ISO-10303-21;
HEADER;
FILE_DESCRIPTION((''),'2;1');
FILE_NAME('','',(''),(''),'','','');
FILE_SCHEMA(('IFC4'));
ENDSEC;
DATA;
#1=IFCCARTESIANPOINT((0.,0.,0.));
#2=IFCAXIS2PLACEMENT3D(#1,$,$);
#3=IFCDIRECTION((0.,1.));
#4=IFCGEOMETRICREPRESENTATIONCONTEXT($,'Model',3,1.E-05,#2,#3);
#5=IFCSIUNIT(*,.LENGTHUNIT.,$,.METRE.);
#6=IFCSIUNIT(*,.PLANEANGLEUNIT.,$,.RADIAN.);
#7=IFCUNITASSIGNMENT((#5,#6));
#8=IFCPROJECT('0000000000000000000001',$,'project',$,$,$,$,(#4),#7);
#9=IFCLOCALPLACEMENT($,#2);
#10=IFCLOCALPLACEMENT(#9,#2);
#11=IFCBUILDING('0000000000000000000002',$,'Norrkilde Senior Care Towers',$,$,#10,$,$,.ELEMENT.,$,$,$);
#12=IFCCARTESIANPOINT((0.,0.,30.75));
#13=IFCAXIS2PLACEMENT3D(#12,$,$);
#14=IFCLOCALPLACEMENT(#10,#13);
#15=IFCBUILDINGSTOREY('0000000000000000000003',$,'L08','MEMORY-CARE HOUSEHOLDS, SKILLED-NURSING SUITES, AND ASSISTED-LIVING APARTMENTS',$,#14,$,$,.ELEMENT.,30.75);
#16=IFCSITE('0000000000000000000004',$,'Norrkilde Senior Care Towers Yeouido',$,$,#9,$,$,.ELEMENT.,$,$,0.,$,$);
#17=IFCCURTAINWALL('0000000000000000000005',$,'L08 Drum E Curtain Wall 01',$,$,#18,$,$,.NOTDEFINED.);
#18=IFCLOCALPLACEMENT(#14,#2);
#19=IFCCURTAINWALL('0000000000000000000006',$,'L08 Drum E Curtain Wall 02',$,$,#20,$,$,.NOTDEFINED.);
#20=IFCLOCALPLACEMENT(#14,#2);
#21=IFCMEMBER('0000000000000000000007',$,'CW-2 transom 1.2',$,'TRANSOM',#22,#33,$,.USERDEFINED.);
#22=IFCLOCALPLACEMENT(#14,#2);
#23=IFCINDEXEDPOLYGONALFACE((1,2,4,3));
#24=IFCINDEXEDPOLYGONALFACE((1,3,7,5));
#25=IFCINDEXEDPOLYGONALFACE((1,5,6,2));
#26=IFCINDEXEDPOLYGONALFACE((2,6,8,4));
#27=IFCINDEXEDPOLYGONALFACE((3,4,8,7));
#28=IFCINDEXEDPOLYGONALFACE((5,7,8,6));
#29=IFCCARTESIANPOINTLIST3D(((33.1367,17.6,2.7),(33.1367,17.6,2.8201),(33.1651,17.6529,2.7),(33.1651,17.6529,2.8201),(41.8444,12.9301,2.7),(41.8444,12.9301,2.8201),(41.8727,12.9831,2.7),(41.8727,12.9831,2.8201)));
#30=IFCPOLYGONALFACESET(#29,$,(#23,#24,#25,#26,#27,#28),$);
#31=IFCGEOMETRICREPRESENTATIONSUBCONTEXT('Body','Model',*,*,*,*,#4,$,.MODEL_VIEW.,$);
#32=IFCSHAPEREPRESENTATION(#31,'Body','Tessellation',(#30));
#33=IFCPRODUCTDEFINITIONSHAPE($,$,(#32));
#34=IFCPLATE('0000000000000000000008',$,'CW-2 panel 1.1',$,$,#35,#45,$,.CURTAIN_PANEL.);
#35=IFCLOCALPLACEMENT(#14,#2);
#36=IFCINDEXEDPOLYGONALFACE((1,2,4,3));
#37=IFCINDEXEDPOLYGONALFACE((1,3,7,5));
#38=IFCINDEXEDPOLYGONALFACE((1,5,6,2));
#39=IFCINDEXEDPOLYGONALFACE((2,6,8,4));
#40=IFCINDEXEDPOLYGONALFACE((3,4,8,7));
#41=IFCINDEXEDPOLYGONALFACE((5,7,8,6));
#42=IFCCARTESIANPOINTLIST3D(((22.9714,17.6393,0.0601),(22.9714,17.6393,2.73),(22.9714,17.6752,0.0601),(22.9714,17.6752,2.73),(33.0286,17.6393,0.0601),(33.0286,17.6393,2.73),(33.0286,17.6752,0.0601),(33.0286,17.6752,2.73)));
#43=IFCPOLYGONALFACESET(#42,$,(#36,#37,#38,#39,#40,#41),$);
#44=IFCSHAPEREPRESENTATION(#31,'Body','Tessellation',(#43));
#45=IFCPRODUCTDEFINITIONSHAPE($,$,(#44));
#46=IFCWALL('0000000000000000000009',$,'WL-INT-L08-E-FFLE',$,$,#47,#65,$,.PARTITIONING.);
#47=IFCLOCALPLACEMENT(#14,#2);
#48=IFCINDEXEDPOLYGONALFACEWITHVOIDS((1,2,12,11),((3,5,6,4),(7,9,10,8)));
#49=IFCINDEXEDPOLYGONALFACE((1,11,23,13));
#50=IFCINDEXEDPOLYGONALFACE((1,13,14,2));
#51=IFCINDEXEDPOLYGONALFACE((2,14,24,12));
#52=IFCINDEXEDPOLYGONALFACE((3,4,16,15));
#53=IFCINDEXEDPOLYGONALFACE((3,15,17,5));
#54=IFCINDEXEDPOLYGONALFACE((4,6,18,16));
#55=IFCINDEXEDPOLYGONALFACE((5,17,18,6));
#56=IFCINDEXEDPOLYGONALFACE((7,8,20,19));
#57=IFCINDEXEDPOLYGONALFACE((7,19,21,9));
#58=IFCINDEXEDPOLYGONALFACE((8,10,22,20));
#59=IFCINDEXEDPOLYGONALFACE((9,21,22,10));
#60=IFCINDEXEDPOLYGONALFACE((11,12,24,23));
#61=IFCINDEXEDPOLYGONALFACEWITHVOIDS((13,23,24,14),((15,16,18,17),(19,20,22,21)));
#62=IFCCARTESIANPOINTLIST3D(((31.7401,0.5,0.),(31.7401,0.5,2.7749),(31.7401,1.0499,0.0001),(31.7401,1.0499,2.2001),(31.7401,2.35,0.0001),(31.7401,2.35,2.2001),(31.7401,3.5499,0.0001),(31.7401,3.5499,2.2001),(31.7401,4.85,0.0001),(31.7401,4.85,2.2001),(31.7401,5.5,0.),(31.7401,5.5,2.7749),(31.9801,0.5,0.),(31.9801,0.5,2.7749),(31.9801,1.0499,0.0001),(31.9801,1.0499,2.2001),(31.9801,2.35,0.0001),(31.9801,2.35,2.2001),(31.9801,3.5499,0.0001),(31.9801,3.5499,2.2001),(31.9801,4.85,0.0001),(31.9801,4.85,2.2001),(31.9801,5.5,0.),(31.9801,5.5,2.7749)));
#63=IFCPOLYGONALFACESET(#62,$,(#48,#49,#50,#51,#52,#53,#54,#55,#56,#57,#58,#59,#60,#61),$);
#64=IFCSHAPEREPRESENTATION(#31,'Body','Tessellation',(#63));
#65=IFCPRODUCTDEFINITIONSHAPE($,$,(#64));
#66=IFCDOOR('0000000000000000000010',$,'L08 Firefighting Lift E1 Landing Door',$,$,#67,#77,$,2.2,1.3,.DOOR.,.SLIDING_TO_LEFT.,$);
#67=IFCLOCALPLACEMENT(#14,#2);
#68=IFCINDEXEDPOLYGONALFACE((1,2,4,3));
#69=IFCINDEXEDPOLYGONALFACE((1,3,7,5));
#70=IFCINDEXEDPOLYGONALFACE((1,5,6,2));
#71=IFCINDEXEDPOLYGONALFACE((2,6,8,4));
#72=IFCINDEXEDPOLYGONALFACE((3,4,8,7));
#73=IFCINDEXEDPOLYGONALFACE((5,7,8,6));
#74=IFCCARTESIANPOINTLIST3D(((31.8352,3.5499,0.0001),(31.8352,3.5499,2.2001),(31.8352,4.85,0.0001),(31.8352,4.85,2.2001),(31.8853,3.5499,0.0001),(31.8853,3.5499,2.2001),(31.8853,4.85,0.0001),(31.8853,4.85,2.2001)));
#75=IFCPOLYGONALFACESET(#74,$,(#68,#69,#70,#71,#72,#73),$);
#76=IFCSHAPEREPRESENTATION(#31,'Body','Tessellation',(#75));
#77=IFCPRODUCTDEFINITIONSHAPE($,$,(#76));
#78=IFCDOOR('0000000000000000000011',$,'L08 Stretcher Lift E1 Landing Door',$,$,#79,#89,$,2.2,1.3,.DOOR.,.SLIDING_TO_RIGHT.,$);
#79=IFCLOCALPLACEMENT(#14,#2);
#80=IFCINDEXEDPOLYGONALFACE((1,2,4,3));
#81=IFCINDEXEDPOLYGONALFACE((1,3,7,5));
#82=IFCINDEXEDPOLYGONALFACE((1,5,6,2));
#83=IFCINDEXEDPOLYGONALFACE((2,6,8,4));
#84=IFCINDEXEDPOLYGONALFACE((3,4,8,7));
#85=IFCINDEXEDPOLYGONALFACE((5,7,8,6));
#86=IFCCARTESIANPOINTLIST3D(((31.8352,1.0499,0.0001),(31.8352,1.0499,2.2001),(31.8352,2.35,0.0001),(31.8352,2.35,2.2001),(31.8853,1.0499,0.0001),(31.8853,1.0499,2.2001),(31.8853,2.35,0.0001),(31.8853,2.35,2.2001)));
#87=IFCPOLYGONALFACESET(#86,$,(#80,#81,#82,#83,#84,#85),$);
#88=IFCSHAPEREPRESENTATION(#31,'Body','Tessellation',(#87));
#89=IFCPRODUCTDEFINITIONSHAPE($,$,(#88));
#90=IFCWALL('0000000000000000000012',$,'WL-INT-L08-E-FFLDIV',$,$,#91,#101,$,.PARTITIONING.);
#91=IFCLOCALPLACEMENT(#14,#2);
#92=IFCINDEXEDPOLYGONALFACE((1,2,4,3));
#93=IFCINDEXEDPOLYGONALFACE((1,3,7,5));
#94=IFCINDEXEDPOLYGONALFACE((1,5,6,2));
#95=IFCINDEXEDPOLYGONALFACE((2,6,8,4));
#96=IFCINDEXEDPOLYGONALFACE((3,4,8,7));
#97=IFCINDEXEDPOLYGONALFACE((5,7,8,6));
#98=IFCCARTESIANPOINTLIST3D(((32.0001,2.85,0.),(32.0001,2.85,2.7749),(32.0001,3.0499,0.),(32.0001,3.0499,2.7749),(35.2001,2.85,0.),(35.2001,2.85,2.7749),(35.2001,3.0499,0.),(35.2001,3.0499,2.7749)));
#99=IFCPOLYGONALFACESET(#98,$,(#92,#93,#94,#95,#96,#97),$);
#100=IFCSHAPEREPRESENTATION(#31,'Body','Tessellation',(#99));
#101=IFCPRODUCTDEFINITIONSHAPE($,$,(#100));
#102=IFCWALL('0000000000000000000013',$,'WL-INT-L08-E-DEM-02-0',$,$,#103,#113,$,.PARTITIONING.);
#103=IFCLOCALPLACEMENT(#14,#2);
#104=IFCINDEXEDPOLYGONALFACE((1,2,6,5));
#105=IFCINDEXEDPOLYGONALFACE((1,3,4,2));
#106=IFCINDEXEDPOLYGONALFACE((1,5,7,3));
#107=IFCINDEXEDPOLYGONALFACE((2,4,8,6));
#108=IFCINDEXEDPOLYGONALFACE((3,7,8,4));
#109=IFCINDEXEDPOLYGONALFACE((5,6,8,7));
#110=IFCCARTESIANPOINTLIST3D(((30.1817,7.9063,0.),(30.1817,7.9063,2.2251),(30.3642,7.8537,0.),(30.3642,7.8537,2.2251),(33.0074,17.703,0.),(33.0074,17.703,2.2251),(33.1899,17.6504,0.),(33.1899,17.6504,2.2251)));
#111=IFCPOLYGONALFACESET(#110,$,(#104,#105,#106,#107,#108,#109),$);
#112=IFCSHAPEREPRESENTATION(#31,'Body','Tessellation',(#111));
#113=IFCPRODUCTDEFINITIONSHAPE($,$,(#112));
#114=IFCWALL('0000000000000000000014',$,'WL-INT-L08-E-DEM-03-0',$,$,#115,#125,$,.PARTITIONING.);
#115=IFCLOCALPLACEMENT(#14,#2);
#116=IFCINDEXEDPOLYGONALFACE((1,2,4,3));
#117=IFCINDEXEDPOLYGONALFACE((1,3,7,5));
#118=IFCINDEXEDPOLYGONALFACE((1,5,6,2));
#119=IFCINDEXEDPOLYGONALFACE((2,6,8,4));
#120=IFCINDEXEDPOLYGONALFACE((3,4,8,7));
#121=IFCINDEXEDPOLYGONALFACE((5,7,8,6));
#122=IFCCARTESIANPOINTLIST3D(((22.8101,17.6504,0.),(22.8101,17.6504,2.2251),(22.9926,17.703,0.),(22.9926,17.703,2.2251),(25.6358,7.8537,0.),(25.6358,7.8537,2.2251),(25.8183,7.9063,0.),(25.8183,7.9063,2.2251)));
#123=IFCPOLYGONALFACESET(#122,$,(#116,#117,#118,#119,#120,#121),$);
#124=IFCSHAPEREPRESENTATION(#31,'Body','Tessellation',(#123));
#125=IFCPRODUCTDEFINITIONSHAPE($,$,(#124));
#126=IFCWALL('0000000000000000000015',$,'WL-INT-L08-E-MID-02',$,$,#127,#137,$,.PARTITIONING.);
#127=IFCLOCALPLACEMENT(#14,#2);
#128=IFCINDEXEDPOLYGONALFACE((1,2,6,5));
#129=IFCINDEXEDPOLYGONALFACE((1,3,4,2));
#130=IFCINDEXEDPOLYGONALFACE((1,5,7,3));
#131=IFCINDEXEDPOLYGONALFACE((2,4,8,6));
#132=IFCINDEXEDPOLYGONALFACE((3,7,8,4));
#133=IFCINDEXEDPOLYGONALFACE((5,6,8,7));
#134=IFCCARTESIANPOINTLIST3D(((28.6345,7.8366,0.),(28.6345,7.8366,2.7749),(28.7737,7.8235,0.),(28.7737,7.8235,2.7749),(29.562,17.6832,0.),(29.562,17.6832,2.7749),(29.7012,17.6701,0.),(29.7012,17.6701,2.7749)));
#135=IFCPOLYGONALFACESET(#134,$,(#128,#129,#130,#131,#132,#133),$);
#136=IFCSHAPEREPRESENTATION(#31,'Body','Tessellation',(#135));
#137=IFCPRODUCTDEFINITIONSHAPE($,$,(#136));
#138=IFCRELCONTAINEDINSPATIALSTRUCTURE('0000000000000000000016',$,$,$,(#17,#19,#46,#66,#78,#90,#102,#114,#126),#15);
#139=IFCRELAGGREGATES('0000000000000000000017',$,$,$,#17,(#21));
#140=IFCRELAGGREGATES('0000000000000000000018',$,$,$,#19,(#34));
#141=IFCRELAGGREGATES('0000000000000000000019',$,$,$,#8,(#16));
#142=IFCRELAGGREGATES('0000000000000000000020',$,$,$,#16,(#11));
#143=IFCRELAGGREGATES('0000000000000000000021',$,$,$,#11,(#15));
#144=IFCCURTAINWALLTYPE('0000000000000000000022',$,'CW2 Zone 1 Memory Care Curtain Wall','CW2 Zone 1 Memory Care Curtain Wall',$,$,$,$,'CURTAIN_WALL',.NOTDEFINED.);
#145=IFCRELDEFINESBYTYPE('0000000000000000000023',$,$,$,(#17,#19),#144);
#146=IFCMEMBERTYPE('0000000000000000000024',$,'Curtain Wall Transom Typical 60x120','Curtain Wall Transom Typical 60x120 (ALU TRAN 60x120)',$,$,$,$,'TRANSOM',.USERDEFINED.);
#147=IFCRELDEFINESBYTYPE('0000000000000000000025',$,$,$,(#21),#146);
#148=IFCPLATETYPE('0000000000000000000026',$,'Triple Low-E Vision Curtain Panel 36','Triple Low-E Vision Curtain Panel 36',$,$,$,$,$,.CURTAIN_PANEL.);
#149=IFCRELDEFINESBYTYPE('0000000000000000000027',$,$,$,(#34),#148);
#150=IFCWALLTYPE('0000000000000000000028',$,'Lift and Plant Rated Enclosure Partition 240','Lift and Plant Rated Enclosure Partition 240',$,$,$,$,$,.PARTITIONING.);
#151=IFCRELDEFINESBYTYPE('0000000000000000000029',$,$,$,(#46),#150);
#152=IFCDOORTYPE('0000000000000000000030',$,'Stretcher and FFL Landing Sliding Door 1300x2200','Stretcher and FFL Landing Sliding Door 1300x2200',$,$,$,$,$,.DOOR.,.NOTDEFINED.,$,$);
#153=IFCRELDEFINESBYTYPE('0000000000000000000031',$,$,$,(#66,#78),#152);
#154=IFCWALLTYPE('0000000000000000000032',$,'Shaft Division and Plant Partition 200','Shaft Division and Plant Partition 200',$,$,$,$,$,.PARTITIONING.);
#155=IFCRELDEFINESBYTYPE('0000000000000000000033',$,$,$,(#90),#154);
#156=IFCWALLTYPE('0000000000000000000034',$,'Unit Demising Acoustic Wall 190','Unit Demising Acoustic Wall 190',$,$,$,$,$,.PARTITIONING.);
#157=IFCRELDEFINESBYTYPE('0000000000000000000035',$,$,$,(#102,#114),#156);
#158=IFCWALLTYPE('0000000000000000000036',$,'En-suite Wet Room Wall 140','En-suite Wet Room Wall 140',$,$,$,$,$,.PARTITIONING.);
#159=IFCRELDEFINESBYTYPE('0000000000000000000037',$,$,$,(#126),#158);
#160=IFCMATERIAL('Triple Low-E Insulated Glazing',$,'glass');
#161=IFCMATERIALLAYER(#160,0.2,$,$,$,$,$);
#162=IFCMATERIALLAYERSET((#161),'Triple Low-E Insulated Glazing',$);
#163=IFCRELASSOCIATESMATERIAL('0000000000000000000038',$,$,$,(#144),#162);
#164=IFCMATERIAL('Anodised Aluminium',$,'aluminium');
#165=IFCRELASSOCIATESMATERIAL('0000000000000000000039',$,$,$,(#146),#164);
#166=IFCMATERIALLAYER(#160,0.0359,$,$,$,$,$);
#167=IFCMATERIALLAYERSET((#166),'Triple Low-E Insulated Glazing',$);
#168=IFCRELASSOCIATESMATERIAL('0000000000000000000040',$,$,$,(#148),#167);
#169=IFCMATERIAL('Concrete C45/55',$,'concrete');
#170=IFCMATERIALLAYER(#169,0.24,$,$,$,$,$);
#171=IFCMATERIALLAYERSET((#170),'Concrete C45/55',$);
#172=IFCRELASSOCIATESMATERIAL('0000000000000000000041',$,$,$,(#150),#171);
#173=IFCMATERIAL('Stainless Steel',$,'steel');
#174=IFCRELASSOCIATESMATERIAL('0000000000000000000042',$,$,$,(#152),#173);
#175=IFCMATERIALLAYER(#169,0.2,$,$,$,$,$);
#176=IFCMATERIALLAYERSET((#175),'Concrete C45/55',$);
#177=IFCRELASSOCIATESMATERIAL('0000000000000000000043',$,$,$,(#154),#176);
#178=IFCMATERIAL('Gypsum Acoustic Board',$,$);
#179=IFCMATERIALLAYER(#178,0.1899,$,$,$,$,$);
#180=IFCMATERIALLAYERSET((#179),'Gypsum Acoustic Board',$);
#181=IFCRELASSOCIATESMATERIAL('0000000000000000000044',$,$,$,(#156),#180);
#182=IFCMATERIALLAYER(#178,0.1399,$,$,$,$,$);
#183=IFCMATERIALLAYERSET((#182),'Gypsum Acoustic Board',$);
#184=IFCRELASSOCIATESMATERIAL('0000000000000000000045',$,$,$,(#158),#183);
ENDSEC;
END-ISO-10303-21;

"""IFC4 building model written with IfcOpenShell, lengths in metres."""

from ifc_helpers import new_model, si_unit, direction, frame, frame_2d, origin, origin_2d, place, context, subcontext, project, spatial, rectangle, extrude, source, transform, mapped, material, layer, layer_set, material_profile, profile_set, type_object, type_shapes, element, fill, aggregate, save


model = new_model("IFC4")

# Units and contexts
model_context = context("Model", 3, precision=1e-05, world=origin(), true_north=direction((0.0, 1.0)))
body_context = subcontext(model_context, "Body", "Model", "MODEL_VIEW")
ifc_project = project(units=[si_unit("LENGTHUNIT", "METRE"), si_unit("PLANEANGLEUNIT", "RADIAN")], contexts=[model_context])

# Site, building, storey
site_placement = place(None, origin())
site = spatial("IfcSite", under=ifc_project, at=site_placement, Name="Norrkilde Senior Care Towers Yeouido", CompositionType="ELEMENT", RefElevation=0.0)
building_placement = place(site_placement, origin())
building = spatial("IfcBuilding", under=site, at=building_placement, Name="Norrkilde Senior Care Towers", CompositionType="ELEMENT")
storey_placement = place(building_placement, frame((0.0, 0.0, 30.75)))
storey = spatial("IfcBuildingStorey", under=building, at=storey_placement, Name="L08", Description="MEMORY-CARE HOUSEHOLDS, SKILLED-NURSING SUITES, AND ASSISTED-LIVING APARTMENTS", CompositionType="ELEMENT", Elevation=30.75)

# Curtain walls
ifc_material_1 = material(Name="Triple Low-E Insulated Glazing", Category="glass")
ifc_layer_1 = layer(ifc_material_1, 0.2)
ifc_layer_set_1 = layer_set([ifc_layer_1], Name="Triple Low-E Insulated Glazing")
curtain_wall_type = type_object("IfcCurtainWallType", Name="CW2 Zone 1 Memory Care Curtain Wall", Description="CW2 Zone 1 Memory Care Curtain Wall", ElementType="CURTAIN_WALL", PredefinedType="NOTDEFINED", material=ifc_layer_set_1)
curtain_wall_1_placement = place(storey_placement, origin())
curtain_wall_1 = element("IfcCurtainWall", 1, at=curtain_wall_1_placement, inside=storey, type_object=curtain_wall_type, Name="L08 Drum E Curtain Wall 01", PredefinedType="NOTDEFINED")
ifc_material_2 = material(Name="Anodised Aluminium", Category="aluminium")
curtain_wall_2_placement = place(storey_placement, origin())
curtain_wall_2 = element("IfcCurtainWall", 2, at=curtain_wall_2_placement, inside=storey, type_object=curtain_wall_type, Name="L08 Drum E Curtain Wall 02", PredefinedType="NOTDEFINED")

# Member
ifc_material_profile_1 = material_profile(ifc_material_2, rectangle(XDim=0.0601, YDim=0.1201, at=origin_2d()), Name="ALU TRAN 60x120")
ifc_profile_set_1 = profile_set([ifc_material_profile_1], Name="Anodised Aluminium")
member_type_1 = type_object("IfcMemberType", Name="Curtain Wall Transom Typical 60x120", Description="Curtain Wall Transom Typical 60x120 (ALU TRAN 60x120)", ElementType="TRANSOM", PredefinedType="USERDEFINED", material=ifc_profile_set_1)
shared_shape_1 = source(origin(), body_context, "Body", "SweptSolid", [
    extrude(rectangle(XDim=0.0601, YDim=0.1201, at=origin_2d()), origin(), (0.0, 0.0, 1.0), 9.8809),
])
type_shapes(member_type_1, [shared_shape_1])
member_1_placement = place(storey_placement, frame((33.1509, 17.6265, 2.76), z_axis=(0.881267, -0.472618, 0.0), x_axis=(0.472618, 0.881267, 0.0)))
member_1 = element("IfcMember", 3, at=member_1_placement, type_object=member_type_1, Name="CW-2 transom 1.2", ObjectType="TRANSOM", PredefinedType="USERDEFINED", context=body_context, shape_type="MappedRepresentation", body=[
    mapped(shared_shape_1, transform((0.0, 0.0, 0.0), x_axis=(1.0, 0.0, 0.0), y_axis=(0.0, 1.0, 0.0), z_axis=(0.0, 0.0, 1.0), scale=1.0)),
])
aggregate(curtain_wall_1, [member_1])

# Plate
ifc_layer_2 = layer(ifc_material_1, 0.0359)
ifc_layer_set_2 = layer_set([ifc_layer_2], Name="Triple Low-E Insulated Glazing")
plate_type = type_object("IfcPlateType", Name="Triple Low-E Vision Curtain Panel 36", Description="Triple Low-E Vision Curtain Panel 36", PredefinedType="CURTAIN_PANEL", material=ifc_layer_set_2)
shared_shape_2 = source(origin(), body_context, "Body", "SweptSolid", [
    extrude(rectangle(XDim=10.0571, YDim=0.0359, at=origin_2d()), origin(), (0.0, 0.0, 1.0), 2.6699),
])
type_shapes(plate_type, [shared_shape_2])
plate_placement = place(storey_placement, frame((28.0, 17.6572, 0.0601), z_axis=(0.0, 0.0, 1.0), x_axis=(1.0, 0.0, 0.0)))
plate = element("IfcPlate", 4, at=plate_placement, type_object=plate_type, Name="CW-2 panel 1.1", PredefinedType="CURTAIN_PANEL", context=body_context, shape_type="MappedRepresentation", body=[
    mapped(shared_shape_2, transform((0.0, 0.0, 0.0), x_axis=(1.0, 0.0, 0.0), y_axis=(0.0, 1.0, 0.0), z_axis=(0.0, 0.0, 1.0), scale=1.0)),
])
aggregate(curtain_wall_2, [plate])

# Wall, openings, doors
ifc_material_3 = material(Name="Concrete C45/55", Category="concrete")
ifc_layer_3 = layer(ifc_material_3, 0.24)
ifc_layer_set_3 = layer_set([ifc_layer_3], Name="Concrete C45/55")
wall_type_1 = type_object("IfcWallType", Name="Lift and Plant Rated Enclosure Partition 240", Description="Lift and Plant Rated Enclosure Partition 240", PredefinedType="PARTITIONING", material=ifc_layer_set_3)
shared_shape_3 = source(origin(), body_context, "Body", "SweptSolid", [
    extrude(rectangle(XDim=5.0, YDim=0.24, at=frame_2d((2.5, 0.0))), origin(), (0.0, 0.0, 1.0), 2.7749),
])
type_shapes(wall_type_1, [shared_shape_3])
wall_1_placement = place(storey_placement, frame((31.8601, 0.5, 0.0), z_axis=(0.0, 0.0, 1.0), x_axis=(0.0, 1.0, 0.0)))
wall_1 = element("IfcWall", 5, at=wall_1_placement, inside=storey, type_object=wall_type_1, Name="WL-INT-L08-E-FFLE", PredefinedType="PARTITIONING", context=body_context, shape_type="MappedRepresentation", body=[
    mapped(shared_shape_3, transform((0.0, 0.0, 0.0), x_axis=(1.0, 0.0, 0.0), y_axis=(0.0, 1.0, 0.0), z_axis=(0.0, 0.0, 1.0), scale=1.0)),
])
opening_1_placement = place(wall_1_placement, frame((3.05, 0.0, 0.0)))
opening_1 = element("IfcOpeningElement", 6, at=opening_1_placement, cuts=wall_1, PredefinedType="OPENING", context=body_context, shape_type="SweptSolid", body=[
    extrude(rectangle(XDim=1.3, YDim=2.2, at=frame_2d((0.6499, 1.1001))), frame((0.0, 0.1299, 0.0), z_axis=(0.0, -1.0, 0.0), x_axis=(1.0, 0.0, 0.0)), (0.0, 0.0, 1.0), 0.26),
])
opening_2_placement = place(wall_1_placement, frame((0.55, 0.0, 0.0)))
opening_2 = element("IfcOpeningElement", 7, at=opening_2_placement, cuts=wall_1, PredefinedType="OPENING", context=body_context, shape_type="SweptSolid", body=[
    extrude(rectangle(XDim=1.3, YDim=2.2, at=frame_2d((0.6499, 1.1001))), frame((0.0, 0.1299, 0.0), z_axis=(0.0, -1.0, 0.0), x_axis=(1.0, 0.0, 0.0)), (0.0, 0.0, 1.0), 0.26),
])
ifc_material_4 = material(Name="Stainless Steel", Category="steel")
door_type_1 = type_object("IfcDoorType", Name="Stretcher and FFL Landing Sliding Door 1300x2200", Description="Stretcher and FFL Landing Sliding Door 1300x2200", OperationType="NOTDEFINED", PredefinedType="DOOR", material=ifc_material_4)
shared_shape_4 = source(origin(), body_context, "Body", "SweptSolid", [
    extrude(rectangle(XDim=1.3, YDim=2.2, at=frame_2d((0.6499, 1.1001))), frame((0.0, 0.0249, 0.0), z_axis=(0.0, -1.0, 0.0), x_axis=(1.0, 0.0, 0.0)), (0.0, 0.0, 1.0), 0.05),
])
type_shapes(door_type_1, [shared_shape_4])
door_1_placement = place(opening_1_placement, origin())
door_1 = element("IfcDoor", 8, at=door_1_placement, inside=storey, type_object=door_type_1, Name="L08 Firefighting Lift E1 Landing Door", OperationType="SLIDING_TO_LEFT", OverallHeight=2.2, OverallWidth=1.3, PredefinedType="DOOR", context=body_context, shape_type="MappedRepresentation", body=[
    mapped(shared_shape_4, transform((0.0, 0.0, 0.0), x_axis=(1.0, 0.0, 0.0), y_axis=(0.0, 1.0, 0.0), z_axis=(0.0, 0.0, 1.0), scale=1.0)),
])
fill(opening_1, door_1)
door_2_placement = place(opening_2_placement, origin())
door_2 = element("IfcDoor", 9, at=door_2_placement, inside=storey, type_object=door_type_1, Name="L08 Stretcher Lift E1 Landing Door", OperationType="SLIDING_TO_RIGHT", OverallHeight=2.2, OverallWidth=1.3, PredefinedType="DOOR", context=body_context, shape_type="MappedRepresentation", body=[
    mapped(shared_shape_4, transform((0.0, 0.0, 0.0), x_axis=(1.0, 0.0, 0.0), y_axis=(0.0, 1.0, 0.0), z_axis=(0.0, 0.0, 1.0), scale=1.0)),
])
fill(opening_2, door_2)

# Wall
ifc_layer_4 = layer(ifc_material_3, 0.2)
ifc_layer_set_4 = layer_set([ifc_layer_4], Name="Concrete C45/55")
wall_type_2 = type_object("IfcWallType", Name="Shaft Division and Plant Partition 200", Description="Shaft Division and Plant Partition 200", PredefinedType="PARTITIONING", material=ifc_layer_set_4)
shared_shape_5 = source(origin(), body_context, "Body", "SweptSolid", [
    extrude(rectangle(XDim=3.2, YDim=0.2, at=frame_2d((1.6001, 0.0))), origin(), (0.0, 0.0, 1.0), 2.7749),
])
type_shapes(wall_type_2, [shared_shape_5])
wall_2_placement = place(storey_placement, frame((32.0, 2.95, 0.0), z_axis=(0.0, 0.0, 1.0), x_axis=(1.0, 0.0, 0.0)))
element("IfcWall", 10, at=wall_2_placement, inside=storey, type_object=wall_type_2, Name="WL-INT-L08-E-FFLDIV", PredefinedType="PARTITIONING", context=body_context, shape_type="MappedRepresentation", body=[
    mapped(shared_shape_5, transform((0.0, 0.0, 0.0), x_axis=(1.0, 0.0, 0.0), y_axis=(0.0, 1.0, 0.0), z_axis=(0.0, 0.0, 1.0), scale=1.0)),
])

# Walls
ifc_material_5 = material(Name="Gypsum Acoustic Board")
ifc_layer_5 = layer(ifc_material_5, 0.1899)
ifc_layer_set_5 = layer_set([ifc_layer_5], Name="Gypsum Acoustic Board")
wall_type_3 = type_object("IfcWallType", Name="Unit Demising Acoustic Wall 190", Description="Unit Demising Acoustic Wall 190", PredefinedType="PARTITIONING", material=ifc_layer_set_5)
shared_shape_6 = source(origin(), body_context, "Body", "SweptSolid", [
    extrude(rectangle(XDim=10.196, YDim=0.1899, at=frame_2d((5.0981, 0.0))), origin(), (0.0, 0.0, 1.0), 2.2251),
])
type_shapes(wall_type_3, [shared_shape_6])
for number, where, z_axis, x_axis, name in (
    (11, (30.2729, 7.8799, 0.0), (0.0, 0.0, 1.0), (0.277136, 0.960831, 0.0), "WL-INT-L08-E-DEM-02-0"),
    (12, (25.7271, 7.8799, 0.0), (0.0, 0.0, 1.0), (-0.277136, 0.960831, 0.0), "WL-INT-L08-E-DEM-03-0"),
):
    element("IfcWall", number, at=place(storey_placement, frame(where, z_axis=z_axis, x_axis=x_axis)), inside=storey, type_object=wall_type_3, Name=name, PredefinedType="PARTITIONING", context=body_context, shape_type="MappedRepresentation", body=[
        mapped(shared_shape_6, transform((0.0, 0.0, 0.0), x_axis=(1.0, 0.0, 0.0), y_axis=(0.0, 1.0, 0.0), z_axis=(0.0, 0.0, 1.0), scale=1.0)),
    ])
ifc_layer_6 = layer(ifc_material_5, 0.1399)
ifc_layer_set_6 = layer_set([ifc_layer_6], Name="Gypsum Acoustic Board")
wall_type_4 = type_object("IfcWallType", Name="En-suite Wet Room Wall 140", Description="En-suite Wet Room Wall 140", PredefinedType="PARTITIONING", material=ifc_layer_set_6)
shared_shape_7 = source(origin(), body_context, "Body", "SweptSolid", [
    extrude(rectangle(XDim=9.8901, YDim=0.1399, at=frame_2d((4.9451, 0.0))), origin(), (0.0, 0.0, 1.0), 2.7749),
])
wall_3_placement = place(storey_placement, frame((28.7041, 7.8301, 0.0), z_axis=(0.0, 0.0, 1.0), x_axis=(0.09378, 0.995593, 0.0)))
element("IfcWall", 13, at=wall_3_placement, inside=storey, type_object=wall_type_4, Name="WL-INT-L08-E-MID-02", PredefinedType="PARTITIONING", context=body_context, shape_type="MappedRepresentation", body=[
    mapped(shared_shape_7, transform((0.0, 0.0, 0.0), x_axis=(1.0, 0.0, 0.0), y_axis=(0.0, 1.0, 0.0), z_axis=(0.0, 0.0, 1.0), scale=1.0)),
])

save(model, "model.ifc")
